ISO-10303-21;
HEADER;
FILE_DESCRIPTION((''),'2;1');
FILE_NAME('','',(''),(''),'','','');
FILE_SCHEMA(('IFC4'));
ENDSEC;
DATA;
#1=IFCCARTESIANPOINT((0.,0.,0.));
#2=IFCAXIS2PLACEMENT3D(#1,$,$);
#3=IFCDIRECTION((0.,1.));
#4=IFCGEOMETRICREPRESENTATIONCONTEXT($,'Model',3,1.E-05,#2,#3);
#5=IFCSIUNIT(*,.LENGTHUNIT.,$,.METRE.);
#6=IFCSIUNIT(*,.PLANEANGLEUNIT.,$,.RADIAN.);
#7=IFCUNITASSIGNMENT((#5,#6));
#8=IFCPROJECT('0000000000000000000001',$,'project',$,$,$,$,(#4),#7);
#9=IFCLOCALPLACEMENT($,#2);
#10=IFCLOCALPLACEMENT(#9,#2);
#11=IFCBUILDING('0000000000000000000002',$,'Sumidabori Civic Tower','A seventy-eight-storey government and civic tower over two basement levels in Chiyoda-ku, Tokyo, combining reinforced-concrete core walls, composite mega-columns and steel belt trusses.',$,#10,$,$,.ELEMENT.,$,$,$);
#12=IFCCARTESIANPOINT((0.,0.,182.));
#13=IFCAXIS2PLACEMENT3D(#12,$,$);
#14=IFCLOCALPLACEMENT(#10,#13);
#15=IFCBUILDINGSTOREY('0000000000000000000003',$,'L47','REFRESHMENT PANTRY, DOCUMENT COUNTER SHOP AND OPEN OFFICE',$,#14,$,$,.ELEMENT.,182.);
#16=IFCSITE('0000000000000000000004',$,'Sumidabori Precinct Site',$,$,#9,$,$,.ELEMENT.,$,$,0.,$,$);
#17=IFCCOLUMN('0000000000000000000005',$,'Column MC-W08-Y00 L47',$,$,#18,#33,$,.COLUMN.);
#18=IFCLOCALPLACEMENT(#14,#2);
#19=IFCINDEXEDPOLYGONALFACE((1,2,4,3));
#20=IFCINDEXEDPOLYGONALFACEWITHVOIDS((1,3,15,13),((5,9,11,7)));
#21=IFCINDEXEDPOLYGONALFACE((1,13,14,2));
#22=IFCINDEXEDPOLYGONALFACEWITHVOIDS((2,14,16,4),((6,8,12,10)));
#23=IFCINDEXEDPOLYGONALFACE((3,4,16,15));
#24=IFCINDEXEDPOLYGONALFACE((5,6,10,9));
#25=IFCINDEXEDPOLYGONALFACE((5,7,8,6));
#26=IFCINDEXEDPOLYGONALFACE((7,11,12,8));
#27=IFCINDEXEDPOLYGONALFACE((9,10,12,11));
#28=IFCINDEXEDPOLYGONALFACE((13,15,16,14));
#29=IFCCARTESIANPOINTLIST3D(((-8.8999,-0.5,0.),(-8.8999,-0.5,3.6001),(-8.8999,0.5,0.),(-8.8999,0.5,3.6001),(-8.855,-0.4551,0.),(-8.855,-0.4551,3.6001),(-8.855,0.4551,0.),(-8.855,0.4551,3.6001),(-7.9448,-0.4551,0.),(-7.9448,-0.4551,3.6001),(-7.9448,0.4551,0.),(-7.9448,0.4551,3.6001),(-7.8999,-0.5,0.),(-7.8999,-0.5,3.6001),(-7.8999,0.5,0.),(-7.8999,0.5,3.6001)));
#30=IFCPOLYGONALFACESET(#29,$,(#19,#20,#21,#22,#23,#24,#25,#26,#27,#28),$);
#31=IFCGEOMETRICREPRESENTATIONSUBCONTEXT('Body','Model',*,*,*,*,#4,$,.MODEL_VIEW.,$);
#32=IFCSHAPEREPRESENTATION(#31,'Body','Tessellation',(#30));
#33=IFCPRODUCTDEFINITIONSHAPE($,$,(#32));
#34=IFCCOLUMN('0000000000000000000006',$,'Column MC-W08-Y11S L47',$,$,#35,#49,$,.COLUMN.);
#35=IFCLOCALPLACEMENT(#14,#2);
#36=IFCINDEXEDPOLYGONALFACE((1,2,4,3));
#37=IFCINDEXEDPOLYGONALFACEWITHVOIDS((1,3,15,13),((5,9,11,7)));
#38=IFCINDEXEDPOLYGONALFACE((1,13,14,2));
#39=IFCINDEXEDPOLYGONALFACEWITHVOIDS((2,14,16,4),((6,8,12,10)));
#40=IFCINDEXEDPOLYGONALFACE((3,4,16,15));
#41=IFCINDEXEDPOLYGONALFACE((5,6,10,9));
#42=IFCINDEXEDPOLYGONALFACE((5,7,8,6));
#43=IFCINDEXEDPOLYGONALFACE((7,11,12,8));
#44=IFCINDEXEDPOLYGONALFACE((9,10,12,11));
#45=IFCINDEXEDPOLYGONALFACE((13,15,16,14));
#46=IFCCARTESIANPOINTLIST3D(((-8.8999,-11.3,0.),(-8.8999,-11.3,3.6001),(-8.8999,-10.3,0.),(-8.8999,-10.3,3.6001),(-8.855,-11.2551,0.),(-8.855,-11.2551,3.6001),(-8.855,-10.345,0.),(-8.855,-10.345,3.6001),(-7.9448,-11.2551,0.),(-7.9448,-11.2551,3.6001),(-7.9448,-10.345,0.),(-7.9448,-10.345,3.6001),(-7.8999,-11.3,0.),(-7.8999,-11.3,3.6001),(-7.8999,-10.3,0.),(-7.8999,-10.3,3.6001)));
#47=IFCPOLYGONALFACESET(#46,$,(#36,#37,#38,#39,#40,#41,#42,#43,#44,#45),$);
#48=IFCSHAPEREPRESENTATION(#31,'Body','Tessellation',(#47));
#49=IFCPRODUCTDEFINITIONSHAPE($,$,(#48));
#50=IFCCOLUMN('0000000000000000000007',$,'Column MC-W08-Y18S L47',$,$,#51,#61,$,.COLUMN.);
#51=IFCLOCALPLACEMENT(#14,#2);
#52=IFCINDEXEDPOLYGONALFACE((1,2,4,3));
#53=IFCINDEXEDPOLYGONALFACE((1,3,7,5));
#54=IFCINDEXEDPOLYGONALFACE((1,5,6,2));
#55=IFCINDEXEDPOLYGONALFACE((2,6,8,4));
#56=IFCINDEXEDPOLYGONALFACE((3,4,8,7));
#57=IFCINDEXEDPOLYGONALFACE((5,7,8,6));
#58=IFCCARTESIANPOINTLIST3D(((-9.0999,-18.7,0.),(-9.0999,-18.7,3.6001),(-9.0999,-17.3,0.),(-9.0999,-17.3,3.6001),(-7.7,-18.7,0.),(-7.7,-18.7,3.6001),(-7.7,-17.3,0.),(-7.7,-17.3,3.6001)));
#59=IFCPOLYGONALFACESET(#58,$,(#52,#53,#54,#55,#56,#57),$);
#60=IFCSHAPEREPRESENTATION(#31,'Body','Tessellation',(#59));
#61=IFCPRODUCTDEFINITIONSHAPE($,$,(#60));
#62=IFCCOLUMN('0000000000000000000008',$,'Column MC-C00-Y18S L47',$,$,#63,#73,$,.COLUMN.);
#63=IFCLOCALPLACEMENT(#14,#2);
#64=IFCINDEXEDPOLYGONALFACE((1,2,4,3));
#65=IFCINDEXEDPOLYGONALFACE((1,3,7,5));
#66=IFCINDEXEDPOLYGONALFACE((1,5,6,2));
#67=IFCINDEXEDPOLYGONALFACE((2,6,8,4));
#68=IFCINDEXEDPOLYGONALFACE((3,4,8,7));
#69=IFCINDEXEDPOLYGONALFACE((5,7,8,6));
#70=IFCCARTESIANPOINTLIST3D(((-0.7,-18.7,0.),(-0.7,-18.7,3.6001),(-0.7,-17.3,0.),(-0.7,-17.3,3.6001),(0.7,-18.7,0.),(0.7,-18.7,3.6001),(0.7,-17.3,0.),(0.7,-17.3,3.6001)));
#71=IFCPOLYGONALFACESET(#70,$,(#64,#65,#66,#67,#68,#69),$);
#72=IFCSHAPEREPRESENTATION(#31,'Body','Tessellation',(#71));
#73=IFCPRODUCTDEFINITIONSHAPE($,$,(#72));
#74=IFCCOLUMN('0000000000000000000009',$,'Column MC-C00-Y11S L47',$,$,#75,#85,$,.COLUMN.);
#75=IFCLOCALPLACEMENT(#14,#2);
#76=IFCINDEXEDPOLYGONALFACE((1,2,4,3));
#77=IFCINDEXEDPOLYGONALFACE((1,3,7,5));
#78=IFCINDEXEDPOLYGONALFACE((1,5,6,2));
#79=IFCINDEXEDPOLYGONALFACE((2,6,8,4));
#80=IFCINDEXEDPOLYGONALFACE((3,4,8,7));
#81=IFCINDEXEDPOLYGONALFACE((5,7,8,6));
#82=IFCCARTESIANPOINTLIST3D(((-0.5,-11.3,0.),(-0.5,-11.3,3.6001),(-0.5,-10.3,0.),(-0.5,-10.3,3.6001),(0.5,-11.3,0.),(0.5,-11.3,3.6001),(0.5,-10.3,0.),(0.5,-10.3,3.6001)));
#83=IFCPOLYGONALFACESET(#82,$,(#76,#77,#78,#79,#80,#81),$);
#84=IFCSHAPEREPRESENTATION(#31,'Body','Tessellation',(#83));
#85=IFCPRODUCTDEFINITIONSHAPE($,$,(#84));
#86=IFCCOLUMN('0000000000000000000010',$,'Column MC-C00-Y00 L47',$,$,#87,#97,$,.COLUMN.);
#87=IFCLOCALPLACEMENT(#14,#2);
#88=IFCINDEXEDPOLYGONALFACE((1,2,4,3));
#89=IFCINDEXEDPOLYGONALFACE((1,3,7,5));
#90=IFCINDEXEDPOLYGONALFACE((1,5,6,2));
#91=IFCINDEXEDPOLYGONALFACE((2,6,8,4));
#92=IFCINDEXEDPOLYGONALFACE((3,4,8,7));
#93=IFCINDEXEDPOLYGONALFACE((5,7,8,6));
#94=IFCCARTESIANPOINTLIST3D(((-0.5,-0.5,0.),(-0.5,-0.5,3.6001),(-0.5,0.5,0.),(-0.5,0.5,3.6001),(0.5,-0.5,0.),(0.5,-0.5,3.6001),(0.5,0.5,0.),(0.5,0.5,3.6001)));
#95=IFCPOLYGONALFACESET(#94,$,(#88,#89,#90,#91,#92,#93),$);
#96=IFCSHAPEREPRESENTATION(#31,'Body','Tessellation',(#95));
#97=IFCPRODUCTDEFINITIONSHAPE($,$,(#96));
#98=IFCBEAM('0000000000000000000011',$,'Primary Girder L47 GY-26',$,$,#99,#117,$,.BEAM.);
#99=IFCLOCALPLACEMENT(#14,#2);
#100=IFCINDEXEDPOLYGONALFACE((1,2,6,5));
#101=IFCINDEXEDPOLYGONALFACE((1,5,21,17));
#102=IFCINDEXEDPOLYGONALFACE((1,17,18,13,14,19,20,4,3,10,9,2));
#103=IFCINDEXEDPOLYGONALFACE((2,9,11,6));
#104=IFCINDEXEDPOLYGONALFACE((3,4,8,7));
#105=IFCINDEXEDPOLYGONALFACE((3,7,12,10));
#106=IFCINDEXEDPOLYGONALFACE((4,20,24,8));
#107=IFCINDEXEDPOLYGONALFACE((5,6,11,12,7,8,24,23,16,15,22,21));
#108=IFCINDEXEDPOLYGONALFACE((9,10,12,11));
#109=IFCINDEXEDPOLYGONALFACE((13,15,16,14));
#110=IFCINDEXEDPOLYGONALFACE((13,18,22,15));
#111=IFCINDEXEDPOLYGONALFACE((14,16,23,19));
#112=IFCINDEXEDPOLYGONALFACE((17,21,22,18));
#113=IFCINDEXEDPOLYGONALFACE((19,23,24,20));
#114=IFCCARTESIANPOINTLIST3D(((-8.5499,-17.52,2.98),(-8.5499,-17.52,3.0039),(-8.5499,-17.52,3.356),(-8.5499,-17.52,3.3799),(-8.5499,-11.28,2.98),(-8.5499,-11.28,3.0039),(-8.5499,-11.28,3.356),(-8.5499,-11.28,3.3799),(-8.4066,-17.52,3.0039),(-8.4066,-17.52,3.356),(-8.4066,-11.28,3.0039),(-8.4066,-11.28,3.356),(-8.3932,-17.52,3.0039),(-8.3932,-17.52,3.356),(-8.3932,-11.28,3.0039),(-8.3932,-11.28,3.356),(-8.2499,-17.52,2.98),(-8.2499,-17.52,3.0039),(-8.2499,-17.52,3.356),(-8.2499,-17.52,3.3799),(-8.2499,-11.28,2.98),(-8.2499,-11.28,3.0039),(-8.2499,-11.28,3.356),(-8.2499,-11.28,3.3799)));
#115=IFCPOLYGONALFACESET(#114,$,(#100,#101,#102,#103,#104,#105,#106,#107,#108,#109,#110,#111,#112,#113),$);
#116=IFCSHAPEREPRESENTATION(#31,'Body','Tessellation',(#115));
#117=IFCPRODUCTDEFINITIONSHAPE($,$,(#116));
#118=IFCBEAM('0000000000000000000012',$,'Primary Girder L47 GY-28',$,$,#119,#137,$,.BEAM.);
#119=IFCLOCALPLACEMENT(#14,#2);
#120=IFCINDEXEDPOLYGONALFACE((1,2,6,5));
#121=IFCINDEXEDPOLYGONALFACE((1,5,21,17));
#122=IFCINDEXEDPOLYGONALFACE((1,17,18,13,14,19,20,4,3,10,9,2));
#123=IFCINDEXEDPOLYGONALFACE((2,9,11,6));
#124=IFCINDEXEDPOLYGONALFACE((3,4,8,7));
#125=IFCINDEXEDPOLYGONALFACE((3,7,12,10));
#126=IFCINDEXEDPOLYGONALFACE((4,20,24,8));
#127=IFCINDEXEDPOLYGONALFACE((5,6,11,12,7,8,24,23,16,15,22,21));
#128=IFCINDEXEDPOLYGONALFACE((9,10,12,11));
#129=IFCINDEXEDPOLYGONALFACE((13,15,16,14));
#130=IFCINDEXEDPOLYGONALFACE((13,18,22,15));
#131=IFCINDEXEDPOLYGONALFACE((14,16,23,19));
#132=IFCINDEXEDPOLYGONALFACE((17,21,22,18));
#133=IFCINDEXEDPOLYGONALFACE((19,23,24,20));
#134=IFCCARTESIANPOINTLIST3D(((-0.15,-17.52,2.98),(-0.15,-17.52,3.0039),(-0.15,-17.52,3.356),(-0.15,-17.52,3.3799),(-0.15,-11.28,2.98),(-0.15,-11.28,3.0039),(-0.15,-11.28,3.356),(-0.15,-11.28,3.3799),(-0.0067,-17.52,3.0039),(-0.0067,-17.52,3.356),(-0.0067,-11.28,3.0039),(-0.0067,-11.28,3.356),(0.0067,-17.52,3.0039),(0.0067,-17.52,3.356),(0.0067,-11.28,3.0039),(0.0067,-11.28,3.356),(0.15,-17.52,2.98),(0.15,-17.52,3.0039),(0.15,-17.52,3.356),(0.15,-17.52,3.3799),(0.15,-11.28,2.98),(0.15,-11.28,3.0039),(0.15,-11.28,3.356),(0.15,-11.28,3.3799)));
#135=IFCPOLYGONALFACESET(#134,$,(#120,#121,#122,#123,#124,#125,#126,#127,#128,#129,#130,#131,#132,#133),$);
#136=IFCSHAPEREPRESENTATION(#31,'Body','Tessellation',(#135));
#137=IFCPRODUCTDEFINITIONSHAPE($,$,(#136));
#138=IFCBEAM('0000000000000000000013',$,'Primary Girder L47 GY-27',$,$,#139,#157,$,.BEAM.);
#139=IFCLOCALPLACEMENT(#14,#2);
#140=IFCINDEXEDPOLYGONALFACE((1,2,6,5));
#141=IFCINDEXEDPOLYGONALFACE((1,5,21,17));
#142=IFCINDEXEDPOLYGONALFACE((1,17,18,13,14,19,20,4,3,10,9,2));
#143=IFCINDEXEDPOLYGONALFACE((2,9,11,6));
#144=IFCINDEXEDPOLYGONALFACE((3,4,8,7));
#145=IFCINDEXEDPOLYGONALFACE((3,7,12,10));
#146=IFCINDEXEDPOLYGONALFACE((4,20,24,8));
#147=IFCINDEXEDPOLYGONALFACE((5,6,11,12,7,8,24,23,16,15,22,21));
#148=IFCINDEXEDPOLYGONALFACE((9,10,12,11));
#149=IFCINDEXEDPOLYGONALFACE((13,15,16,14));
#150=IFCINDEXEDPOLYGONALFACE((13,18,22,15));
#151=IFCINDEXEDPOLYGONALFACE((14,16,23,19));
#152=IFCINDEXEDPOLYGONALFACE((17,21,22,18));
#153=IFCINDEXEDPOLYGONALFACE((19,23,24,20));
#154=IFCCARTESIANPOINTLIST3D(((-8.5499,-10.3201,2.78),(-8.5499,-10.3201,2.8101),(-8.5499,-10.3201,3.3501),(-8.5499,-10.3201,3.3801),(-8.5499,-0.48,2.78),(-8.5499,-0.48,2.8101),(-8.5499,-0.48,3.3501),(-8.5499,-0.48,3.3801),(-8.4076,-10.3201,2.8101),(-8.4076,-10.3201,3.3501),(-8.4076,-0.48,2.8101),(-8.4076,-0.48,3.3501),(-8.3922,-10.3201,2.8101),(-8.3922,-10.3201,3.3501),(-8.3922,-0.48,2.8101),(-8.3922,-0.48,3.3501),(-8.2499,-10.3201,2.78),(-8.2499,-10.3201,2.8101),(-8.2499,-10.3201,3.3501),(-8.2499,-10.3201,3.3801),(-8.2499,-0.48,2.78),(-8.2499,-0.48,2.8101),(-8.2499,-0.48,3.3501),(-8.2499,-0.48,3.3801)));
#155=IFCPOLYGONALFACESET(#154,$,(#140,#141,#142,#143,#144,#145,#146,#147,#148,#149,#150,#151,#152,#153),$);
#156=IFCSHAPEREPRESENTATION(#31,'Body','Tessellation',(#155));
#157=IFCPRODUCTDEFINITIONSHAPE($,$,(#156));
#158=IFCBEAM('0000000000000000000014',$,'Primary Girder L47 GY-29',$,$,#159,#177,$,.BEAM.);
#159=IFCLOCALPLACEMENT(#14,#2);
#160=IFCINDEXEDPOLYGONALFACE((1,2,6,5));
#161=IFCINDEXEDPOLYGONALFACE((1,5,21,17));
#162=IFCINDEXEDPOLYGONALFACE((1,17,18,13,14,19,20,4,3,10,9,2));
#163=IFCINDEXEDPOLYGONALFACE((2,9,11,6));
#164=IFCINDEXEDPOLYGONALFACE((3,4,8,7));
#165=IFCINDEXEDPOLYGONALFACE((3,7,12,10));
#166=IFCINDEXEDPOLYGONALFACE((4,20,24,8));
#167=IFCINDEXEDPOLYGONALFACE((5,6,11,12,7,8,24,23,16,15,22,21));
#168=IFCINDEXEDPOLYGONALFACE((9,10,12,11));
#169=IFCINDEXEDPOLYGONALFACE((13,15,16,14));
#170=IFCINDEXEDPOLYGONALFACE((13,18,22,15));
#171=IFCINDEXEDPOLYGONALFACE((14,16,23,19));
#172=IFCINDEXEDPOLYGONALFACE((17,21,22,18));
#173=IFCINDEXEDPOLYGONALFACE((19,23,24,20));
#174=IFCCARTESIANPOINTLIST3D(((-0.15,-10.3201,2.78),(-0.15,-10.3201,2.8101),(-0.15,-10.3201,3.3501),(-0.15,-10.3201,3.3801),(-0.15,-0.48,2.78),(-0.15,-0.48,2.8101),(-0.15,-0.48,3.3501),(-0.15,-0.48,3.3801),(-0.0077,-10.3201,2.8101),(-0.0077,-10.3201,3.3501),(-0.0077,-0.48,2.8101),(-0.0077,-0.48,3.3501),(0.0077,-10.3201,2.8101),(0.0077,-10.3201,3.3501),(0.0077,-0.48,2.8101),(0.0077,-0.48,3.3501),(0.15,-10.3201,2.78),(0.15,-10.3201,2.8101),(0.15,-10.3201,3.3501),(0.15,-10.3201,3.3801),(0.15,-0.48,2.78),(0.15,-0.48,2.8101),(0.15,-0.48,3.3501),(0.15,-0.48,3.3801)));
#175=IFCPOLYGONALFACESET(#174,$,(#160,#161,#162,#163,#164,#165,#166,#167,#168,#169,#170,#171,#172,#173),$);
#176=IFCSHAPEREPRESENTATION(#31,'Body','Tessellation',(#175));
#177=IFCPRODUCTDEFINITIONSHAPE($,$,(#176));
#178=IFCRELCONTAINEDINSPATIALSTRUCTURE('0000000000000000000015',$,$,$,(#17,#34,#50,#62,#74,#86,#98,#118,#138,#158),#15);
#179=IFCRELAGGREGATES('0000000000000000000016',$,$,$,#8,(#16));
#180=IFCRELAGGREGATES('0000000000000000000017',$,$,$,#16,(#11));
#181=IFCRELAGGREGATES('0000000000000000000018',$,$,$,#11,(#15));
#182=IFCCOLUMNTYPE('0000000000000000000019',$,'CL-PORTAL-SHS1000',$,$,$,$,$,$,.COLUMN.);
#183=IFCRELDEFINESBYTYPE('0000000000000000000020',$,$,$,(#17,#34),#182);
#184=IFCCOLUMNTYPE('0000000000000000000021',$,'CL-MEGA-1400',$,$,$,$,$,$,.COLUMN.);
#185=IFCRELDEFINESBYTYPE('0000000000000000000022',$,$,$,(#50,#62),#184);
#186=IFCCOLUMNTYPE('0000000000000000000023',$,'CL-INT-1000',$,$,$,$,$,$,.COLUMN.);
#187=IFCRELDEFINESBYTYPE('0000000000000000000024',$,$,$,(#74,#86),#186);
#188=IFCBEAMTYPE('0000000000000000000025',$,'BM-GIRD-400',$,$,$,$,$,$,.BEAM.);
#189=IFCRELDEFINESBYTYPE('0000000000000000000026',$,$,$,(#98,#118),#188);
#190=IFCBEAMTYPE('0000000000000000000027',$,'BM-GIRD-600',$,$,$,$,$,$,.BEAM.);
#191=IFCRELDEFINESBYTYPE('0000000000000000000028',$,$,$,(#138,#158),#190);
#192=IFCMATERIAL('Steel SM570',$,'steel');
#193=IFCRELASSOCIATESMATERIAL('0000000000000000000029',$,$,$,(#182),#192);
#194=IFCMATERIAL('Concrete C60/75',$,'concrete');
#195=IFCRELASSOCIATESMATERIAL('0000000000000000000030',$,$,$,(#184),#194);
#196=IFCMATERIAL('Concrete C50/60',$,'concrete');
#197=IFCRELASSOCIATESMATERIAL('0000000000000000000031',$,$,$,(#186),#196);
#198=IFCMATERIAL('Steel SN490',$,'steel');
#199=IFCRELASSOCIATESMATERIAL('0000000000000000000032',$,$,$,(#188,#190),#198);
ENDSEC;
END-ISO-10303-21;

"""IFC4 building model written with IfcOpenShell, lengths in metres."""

from ifc_helpers import new_model, si_unit, direction, frame, origin, origin_2d, place, context, subcontext, project, spatial, rectangle, hollow_rectangle, i_section, extrude, source, transform, mapped, material, material_profile, profile_set, type_object, element, save


model = new_model("IFC4")

# Units and contexts
model_context = context("Model", 3, precision=1e-05, world=origin(), true_north=direction((0.0, 1.0)))
body_context = subcontext(model_context, "Body", "Model", "MODEL_VIEW")
ifc_project = project(units=[si_unit("LENGTHUNIT", "METRE"), si_unit("PLANEANGLEUNIT", "RADIAN")], contexts=[model_context])

# Site, building, storey
site_placement = place(None, origin())
site = spatial("IfcSite", under=ifc_project, at=site_placement, Name="Sumidabori Precinct Site", CompositionType="ELEMENT", RefElevation=0.0)
building_placement = place(site_placement, origin())
building = spatial("IfcBuilding", under=site, at=building_placement, Name="Sumidabori Civic Tower", Description="A seventy-eight-storey government and civic tower over two basement levels in Chiyoda-ku, Tokyo, combining reinforced-concrete core walls, composite mega-columns and steel belt trusses.", CompositionType="ELEMENT")
storey_placement = place(building_placement, frame((0.0, 0.0, 182.0)))
storey = spatial("IfcBuildingStorey", under=building, at=storey_placement, Name="L47", Description="REFRESHMENT PANTRY, DOCUMENT COUNTER SHOP AND OPEN OFFICE", CompositionType="ELEMENT", Elevation=182.0)

# Columns
ifc_material_1 = material(Name="Steel SM570", Category="steel")
ifc_material_profile_1 = material_profile(ifc_material_1, hollow_rectangle(XDim=1.0, YDim=1.0, WallThickness=0.0449, at=origin_2d()), Name="SHS 1000x1000x45")
ifc_profile_set_1 = profile_set([ifc_material_profile_1], Name="Steel SM570")
column_type_1 = type_object("IfcColumnType", Name="CL-PORTAL-SHS1000", PredefinedType="COLUMN", material=ifc_profile_set_1)
shared_shape_1 = source(origin(), body_context, "Body", "SweptSolid", [
    extrude(hollow_rectangle(XDim=1.0, YDim=1.0, WallThickness=0.0449, at=origin_2d()), origin(), (0.0, 0.0, 1.0), 3.6001),
])
for number, where, z_axis, x_axis, name in (
    (1, (-8.3999, 0.0, 0.0), (0.0, 0.0, 1.0), (1.0, 0.0, 0.0), "Column MC-W08-Y00 L47"),
    (2, (-8.3999, -10.8, 0.0), (0.0, 0.0, 1.0), (1.0, 0.0, 0.0), "Column MC-W08-Y11S L47"),
):
    element("IfcColumn", number, at=place(storey_placement, frame(where, z_axis=z_axis, x_axis=x_axis)), inside=storey, type_object=column_type_1, Name=name, PredefinedType="COLUMN", context=body_context, shape_type="MappedRepresentation", body=[
        mapped(shared_shape_1, transform((0.0, 0.0, 0.0), x_axis=(1.0, 0.0, 0.0), y_axis=(0.0, 1.0, 0.0), z_axis=(0.0, 0.0, 1.0), scale=1.0)),
    ])
ifc_material_2 = material(Name="Concrete C60/75", Category="concrete")
ifc_material_profile_2 = material_profile(ifc_material_2, rectangle(XDim=1.3999, YDim=1.3999, at=origin_2d()), Name="RC 1400x1400")
ifc_profile_set_2 = profile_set([ifc_material_profile_2], Name="Concrete C60/75")
column_type_2 = type_object("IfcColumnType", Name="CL-MEGA-1400", PredefinedType="COLUMN", material=ifc_profile_set_2)
shared_shape_2 = source(origin(), body_context, "Body", "SweptSolid", [
    extrude(rectangle(XDim=1.3999, YDim=1.3999, at=origin_2d()), origin(), (0.0, 0.0, 1.0), 3.6001),
])
for number, where, z_axis, x_axis, name in (
    (3, (-8.3999, -18.0, 0.0), (0.0, 0.0, 1.0), (1.0, 0.0, 0.0), "Column MC-W08-Y18S L47"),
    (4, (0.0, -18.0, 0.0), (0.0, 0.0, 1.0), (1.0, 0.0, 0.0), "Column MC-C00-Y18S L47"),
):
    element("IfcColumn", number, at=place(storey_placement, frame(where, z_axis=z_axis, x_axis=x_axis)), inside=storey, type_object=column_type_2, Name=name, PredefinedType="COLUMN", context=body_context, shape_type="MappedRepresentation", body=[
        mapped(shared_shape_2, transform((0.0, 0.0, 0.0), x_axis=(1.0, 0.0, 0.0), y_axis=(0.0, 1.0, 0.0), z_axis=(0.0, 0.0, 1.0), scale=1.0)),
    ])
ifc_material_3 = material(Name="Concrete C50/60", Category="concrete")
ifc_material_profile_3 = material_profile(ifc_material_3, rectangle(XDim=1.0, YDim=1.0, at=origin_2d()), Name="RC 1000x1000")
ifc_profile_set_3 = profile_set([ifc_material_profile_3], Name="Concrete C50/60")
column_type_3 = type_object("IfcColumnType", Name="CL-INT-1000", PredefinedType="COLUMN", material=ifc_profile_set_3)
shared_shape_3 = source(origin(), body_context, "Body", "SweptSolid", [
    extrude(rectangle(XDim=1.0, YDim=1.0, at=origin_2d()), origin(), (0.0, 0.0, 1.0), 3.6001),
])
for number, where, z_axis, x_axis, name in (
    (5, (0.0, -10.8, 0.0), (0.0, 0.0, 1.0), (1.0, 0.0, 0.0), "Column MC-C00-Y11S L47"),
    (6, (0.0, 0.0, 0.0), (0.0, 0.0, 1.0), (1.0, 0.0, 0.0), "Column MC-C00-Y00 L47"),
):
    element("IfcColumn", number, at=place(storey_placement, frame(where, z_axis=z_axis, x_axis=x_axis)), inside=storey, type_object=column_type_3, Name=name, PredefinedType="COLUMN", context=body_context, shape_type="MappedRepresentation", body=[
        mapped(shared_shape_3, transform((0.0, 0.0, 0.0), x_axis=(1.0, 0.0, 0.0), y_axis=(0.0, 1.0, 0.0), z_axis=(0.0, 0.0, 1.0), scale=1.0)),
    ])

# Beams
ifc_material_4 = material(Name="Steel SN490", Category="steel")
ifc_material_profile_4 = material_profile(ifc_material_4, i_section(OverallWidth=0.3, OverallDepth=0.3999, WebThickness=0.0134, FlangeThickness=0.0239, at=origin_2d()), Name="HE 400 B")
ifc_profile_set_4 = profile_set([ifc_material_profile_4], Name="Steel SN490")
beam_type_1 = type_object("IfcBeamType", Name="BM-GIRD-400", PredefinedType="BEAM", material=ifc_profile_set_4)
shared_shape_4 = source(origin(), body_context, "Body", "SweptSolid", [
    extrude(i_section(OverallWidth=0.3, OverallDepth=0.3999, WebThickness=0.0134, FlangeThickness=0.0239, at=origin_2d()), origin(), (0.0, 0.0, 1.0), 6.24),
])
for number, where, z_axis, x_axis, name in (
    (7, (-8.3999, -17.52, 3.1799), (0.0, 1.0, 0.0), (-1.0, 0.0, 0.0), "Primary Girder L47 GY-26"),
    (8, (0.0, -17.52, 3.1799), (0.0, 1.0, 0.0), (-1.0, 0.0, 0.0), "Primary Girder L47 GY-28"),
):
    element("IfcBeam", number, at=place(storey_placement, frame(where, z_axis=z_axis, x_axis=x_axis)), inside=storey, type_object=beam_type_1, Name=name, PredefinedType="BEAM", context=body_context, shape_type="MappedRepresentation", body=[
        mapped(shared_shape_4, transform((0.0, 0.0, 0.0), x_axis=(1.0, 0.0, 0.0), y_axis=(0.0, 1.0, 0.0), z_axis=(0.0, 0.0, 1.0), scale=1.0)),
    ])
ifc_material_profile_5 = material_profile(ifc_material_4, i_section(OverallWidth=0.3, OverallDepth=0.6001, WebThickness=0.0154, FlangeThickness=0.03, at=origin_2d()), Name="HE 600 B")
ifc_profile_set_5 = profile_set([ifc_material_profile_5], Name="Steel SN490")
beam_type_2 = type_object("IfcBeamType", Name="BM-GIRD-600", PredefinedType="BEAM", material=ifc_profile_set_5)
shared_shape_5 = source(origin(), body_context, "Body", "SweptSolid", [
    extrude(i_section(OverallWidth=0.3, OverallDepth=0.6001, WebThickness=0.0154, FlangeThickness=0.03, at=origin_2d()), origin(), (0.0, 0.0, 1.0), 9.8401),
])
for number, where, z_axis, x_axis, name in (
    (9, (-8.3999, -10.3201, 3.0801), (0.0, 1.0, 0.0), (-1.0, 0.0, 0.0), "Primary Girder L47 GY-27"),
    (10, (0.0, -10.3201, 3.0801), (0.0, 1.0, 0.0), (-1.0, 0.0, 0.0), "Primary Girder L47 GY-29"),
):
    element("IfcBeam", number, at=place(storey_placement, frame(where, z_axis=z_axis, x_axis=x_axis)), inside=storey, type_object=beam_type_2, Name=name, PredefinedType="BEAM", context=body_context, shape_type="MappedRepresentation", body=[
        mapped(shared_shape_5, transform((0.0, 0.0, 0.0), x_axis=(1.0, 0.0, 0.0), y_axis=(0.0, 1.0, 0.0), z_axis=(0.0, 0.0, 1.0), scale=1.0)),
    ])

save(model, "model.ifc")
